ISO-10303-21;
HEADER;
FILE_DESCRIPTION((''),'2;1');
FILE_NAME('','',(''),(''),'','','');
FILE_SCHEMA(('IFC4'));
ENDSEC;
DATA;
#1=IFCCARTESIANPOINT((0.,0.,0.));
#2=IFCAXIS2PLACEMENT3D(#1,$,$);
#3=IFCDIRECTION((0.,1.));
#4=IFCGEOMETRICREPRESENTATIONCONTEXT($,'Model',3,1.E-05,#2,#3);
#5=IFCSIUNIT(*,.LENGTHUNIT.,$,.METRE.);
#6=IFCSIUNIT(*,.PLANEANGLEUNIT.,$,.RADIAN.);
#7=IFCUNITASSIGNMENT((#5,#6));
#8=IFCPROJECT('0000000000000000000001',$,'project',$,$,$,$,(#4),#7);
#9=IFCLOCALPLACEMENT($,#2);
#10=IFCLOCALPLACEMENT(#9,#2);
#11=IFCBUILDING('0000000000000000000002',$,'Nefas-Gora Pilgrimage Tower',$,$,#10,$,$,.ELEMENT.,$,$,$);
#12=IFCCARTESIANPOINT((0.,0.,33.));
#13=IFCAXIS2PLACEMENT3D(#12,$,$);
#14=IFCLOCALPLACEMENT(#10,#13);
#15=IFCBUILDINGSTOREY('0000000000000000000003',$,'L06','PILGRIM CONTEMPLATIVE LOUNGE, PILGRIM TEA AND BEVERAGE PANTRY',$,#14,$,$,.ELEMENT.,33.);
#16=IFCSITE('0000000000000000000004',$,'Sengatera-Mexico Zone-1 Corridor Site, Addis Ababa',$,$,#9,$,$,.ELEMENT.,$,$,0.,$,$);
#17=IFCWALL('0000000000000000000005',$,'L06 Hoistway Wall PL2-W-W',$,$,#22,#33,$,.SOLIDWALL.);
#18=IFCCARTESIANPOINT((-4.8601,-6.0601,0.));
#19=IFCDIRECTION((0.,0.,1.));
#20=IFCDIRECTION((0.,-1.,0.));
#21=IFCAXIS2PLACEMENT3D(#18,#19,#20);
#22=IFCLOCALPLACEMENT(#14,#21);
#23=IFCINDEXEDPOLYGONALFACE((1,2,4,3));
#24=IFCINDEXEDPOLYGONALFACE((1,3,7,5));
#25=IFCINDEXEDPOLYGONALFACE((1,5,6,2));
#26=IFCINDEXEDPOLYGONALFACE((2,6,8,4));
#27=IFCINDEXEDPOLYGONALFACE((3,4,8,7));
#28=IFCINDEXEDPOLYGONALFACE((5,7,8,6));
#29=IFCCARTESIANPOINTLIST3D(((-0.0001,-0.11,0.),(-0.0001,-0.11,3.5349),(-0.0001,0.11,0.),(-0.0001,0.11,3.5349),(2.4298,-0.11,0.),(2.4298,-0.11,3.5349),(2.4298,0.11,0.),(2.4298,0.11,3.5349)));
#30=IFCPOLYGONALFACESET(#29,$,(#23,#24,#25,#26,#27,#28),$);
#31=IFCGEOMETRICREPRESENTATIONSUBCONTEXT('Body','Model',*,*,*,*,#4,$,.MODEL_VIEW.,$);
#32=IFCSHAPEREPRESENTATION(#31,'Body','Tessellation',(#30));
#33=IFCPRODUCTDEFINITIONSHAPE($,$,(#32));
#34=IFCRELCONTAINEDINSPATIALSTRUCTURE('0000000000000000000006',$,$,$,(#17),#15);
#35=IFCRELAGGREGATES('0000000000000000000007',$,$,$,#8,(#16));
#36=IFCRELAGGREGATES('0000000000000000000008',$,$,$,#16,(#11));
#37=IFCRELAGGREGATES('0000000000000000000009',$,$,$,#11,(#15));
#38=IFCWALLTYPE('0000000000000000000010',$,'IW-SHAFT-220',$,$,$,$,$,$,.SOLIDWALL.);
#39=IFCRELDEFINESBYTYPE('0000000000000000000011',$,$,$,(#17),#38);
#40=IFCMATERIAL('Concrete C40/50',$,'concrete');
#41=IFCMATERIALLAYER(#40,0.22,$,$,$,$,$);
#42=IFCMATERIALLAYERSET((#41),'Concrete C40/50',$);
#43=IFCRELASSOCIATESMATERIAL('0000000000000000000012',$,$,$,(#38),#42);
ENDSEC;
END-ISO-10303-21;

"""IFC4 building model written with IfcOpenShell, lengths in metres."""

from ifc_helpers import new_model, si_unit, direction, frame, frame_2d, origin, place, context, subcontext, project, spatial, rectangle, extrude, source, transform, mapped, material, layer, layer_set, type_object, element, save


model = new_model("IFC4")

# Units and contexts
model_context = context("Model", 3, precision=1e-05, world=origin(), true_north=direction((0.0, 1.0)))
body_context = subcontext(model_context, "Body", "Model", "MODEL_VIEW")
ifc_project = project(units=[si_unit("LENGTHUNIT", "METRE"), si_unit("PLANEANGLEUNIT", "RADIAN")], contexts=[model_context])

# Site, building, storey
site_placement = place(None, origin())
site = spatial("IfcSite", under=ifc_project, at=site_placement, Name="Sengatera-Mexico Zone-1 Corridor Site, Addis Ababa", CompositionType="ELEMENT", RefElevation=0.0)
building_placement = place(site_placement, origin())
building = spatial("IfcBuilding", under=site, at=building_placement, Name="Nefas-Gora Pilgrimage Tower", CompositionType="ELEMENT")
storey_placement = place(building_placement, frame((0.0, 0.0, 33.0)))
storey = spatial("IfcBuildingStorey", under=building, at=storey_placement, Name="L06", Description="PILGRIM CONTEMPLATIVE LOUNGE, PILGRIM TEA AND BEVERAGE PANTRY", CompositionType="ELEMENT", Elevation=33.0)

# Wall
ifc_material_1 = material(Name="Concrete C40/50", Category="concrete")
ifc_layer_1 = layer(ifc_material_1, 0.22)
ifc_layer_set_1 = layer_set([ifc_layer_1], Name="Concrete C40/50")
wall_type_1 = type_object("IfcWallType", Name="IW-SHAFT-220", PredefinedType="SOLIDWALL", material=ifc_layer_set_1)
shared_shape_1 = source(origin(), body_context, "Body", "SweptSolid", [
    extrude(rectangle(XDim=2.4299, YDim=0.22, at=frame_2d((1.2148, 0.0))), origin(), (0.0, 0.0, 1.0), 3.5349),
])
for number, where, z_axis, x_axis, name in (
    (1, (-4.8601, -6.0601, 0.0), (0.0, 0.0, 1.0), (0.0, -1.0, 0.0), "L06 Hoistway Wall PL2-W-W"),
):
    element("IfcWall", number, at=place(storey_placement, frame(where, z_axis=z_axis, x_axis=x_axis)), inside=storey, type_object=wall_type_1, Name=name, PredefinedType="SOLIDWALL", context=body_context, shape_type="MappedRepresentation", body=[
        mapped(shared_shape_1, transform((0.0, 0.0, 0.0), x_axis=(1.0, 0.0, 0.0), y_axis=(0.0, 1.0, 0.0), z_axis=(0.0, 0.0, 1.0), scale=1.0)),
    ])

save(model, "model.ifc")
